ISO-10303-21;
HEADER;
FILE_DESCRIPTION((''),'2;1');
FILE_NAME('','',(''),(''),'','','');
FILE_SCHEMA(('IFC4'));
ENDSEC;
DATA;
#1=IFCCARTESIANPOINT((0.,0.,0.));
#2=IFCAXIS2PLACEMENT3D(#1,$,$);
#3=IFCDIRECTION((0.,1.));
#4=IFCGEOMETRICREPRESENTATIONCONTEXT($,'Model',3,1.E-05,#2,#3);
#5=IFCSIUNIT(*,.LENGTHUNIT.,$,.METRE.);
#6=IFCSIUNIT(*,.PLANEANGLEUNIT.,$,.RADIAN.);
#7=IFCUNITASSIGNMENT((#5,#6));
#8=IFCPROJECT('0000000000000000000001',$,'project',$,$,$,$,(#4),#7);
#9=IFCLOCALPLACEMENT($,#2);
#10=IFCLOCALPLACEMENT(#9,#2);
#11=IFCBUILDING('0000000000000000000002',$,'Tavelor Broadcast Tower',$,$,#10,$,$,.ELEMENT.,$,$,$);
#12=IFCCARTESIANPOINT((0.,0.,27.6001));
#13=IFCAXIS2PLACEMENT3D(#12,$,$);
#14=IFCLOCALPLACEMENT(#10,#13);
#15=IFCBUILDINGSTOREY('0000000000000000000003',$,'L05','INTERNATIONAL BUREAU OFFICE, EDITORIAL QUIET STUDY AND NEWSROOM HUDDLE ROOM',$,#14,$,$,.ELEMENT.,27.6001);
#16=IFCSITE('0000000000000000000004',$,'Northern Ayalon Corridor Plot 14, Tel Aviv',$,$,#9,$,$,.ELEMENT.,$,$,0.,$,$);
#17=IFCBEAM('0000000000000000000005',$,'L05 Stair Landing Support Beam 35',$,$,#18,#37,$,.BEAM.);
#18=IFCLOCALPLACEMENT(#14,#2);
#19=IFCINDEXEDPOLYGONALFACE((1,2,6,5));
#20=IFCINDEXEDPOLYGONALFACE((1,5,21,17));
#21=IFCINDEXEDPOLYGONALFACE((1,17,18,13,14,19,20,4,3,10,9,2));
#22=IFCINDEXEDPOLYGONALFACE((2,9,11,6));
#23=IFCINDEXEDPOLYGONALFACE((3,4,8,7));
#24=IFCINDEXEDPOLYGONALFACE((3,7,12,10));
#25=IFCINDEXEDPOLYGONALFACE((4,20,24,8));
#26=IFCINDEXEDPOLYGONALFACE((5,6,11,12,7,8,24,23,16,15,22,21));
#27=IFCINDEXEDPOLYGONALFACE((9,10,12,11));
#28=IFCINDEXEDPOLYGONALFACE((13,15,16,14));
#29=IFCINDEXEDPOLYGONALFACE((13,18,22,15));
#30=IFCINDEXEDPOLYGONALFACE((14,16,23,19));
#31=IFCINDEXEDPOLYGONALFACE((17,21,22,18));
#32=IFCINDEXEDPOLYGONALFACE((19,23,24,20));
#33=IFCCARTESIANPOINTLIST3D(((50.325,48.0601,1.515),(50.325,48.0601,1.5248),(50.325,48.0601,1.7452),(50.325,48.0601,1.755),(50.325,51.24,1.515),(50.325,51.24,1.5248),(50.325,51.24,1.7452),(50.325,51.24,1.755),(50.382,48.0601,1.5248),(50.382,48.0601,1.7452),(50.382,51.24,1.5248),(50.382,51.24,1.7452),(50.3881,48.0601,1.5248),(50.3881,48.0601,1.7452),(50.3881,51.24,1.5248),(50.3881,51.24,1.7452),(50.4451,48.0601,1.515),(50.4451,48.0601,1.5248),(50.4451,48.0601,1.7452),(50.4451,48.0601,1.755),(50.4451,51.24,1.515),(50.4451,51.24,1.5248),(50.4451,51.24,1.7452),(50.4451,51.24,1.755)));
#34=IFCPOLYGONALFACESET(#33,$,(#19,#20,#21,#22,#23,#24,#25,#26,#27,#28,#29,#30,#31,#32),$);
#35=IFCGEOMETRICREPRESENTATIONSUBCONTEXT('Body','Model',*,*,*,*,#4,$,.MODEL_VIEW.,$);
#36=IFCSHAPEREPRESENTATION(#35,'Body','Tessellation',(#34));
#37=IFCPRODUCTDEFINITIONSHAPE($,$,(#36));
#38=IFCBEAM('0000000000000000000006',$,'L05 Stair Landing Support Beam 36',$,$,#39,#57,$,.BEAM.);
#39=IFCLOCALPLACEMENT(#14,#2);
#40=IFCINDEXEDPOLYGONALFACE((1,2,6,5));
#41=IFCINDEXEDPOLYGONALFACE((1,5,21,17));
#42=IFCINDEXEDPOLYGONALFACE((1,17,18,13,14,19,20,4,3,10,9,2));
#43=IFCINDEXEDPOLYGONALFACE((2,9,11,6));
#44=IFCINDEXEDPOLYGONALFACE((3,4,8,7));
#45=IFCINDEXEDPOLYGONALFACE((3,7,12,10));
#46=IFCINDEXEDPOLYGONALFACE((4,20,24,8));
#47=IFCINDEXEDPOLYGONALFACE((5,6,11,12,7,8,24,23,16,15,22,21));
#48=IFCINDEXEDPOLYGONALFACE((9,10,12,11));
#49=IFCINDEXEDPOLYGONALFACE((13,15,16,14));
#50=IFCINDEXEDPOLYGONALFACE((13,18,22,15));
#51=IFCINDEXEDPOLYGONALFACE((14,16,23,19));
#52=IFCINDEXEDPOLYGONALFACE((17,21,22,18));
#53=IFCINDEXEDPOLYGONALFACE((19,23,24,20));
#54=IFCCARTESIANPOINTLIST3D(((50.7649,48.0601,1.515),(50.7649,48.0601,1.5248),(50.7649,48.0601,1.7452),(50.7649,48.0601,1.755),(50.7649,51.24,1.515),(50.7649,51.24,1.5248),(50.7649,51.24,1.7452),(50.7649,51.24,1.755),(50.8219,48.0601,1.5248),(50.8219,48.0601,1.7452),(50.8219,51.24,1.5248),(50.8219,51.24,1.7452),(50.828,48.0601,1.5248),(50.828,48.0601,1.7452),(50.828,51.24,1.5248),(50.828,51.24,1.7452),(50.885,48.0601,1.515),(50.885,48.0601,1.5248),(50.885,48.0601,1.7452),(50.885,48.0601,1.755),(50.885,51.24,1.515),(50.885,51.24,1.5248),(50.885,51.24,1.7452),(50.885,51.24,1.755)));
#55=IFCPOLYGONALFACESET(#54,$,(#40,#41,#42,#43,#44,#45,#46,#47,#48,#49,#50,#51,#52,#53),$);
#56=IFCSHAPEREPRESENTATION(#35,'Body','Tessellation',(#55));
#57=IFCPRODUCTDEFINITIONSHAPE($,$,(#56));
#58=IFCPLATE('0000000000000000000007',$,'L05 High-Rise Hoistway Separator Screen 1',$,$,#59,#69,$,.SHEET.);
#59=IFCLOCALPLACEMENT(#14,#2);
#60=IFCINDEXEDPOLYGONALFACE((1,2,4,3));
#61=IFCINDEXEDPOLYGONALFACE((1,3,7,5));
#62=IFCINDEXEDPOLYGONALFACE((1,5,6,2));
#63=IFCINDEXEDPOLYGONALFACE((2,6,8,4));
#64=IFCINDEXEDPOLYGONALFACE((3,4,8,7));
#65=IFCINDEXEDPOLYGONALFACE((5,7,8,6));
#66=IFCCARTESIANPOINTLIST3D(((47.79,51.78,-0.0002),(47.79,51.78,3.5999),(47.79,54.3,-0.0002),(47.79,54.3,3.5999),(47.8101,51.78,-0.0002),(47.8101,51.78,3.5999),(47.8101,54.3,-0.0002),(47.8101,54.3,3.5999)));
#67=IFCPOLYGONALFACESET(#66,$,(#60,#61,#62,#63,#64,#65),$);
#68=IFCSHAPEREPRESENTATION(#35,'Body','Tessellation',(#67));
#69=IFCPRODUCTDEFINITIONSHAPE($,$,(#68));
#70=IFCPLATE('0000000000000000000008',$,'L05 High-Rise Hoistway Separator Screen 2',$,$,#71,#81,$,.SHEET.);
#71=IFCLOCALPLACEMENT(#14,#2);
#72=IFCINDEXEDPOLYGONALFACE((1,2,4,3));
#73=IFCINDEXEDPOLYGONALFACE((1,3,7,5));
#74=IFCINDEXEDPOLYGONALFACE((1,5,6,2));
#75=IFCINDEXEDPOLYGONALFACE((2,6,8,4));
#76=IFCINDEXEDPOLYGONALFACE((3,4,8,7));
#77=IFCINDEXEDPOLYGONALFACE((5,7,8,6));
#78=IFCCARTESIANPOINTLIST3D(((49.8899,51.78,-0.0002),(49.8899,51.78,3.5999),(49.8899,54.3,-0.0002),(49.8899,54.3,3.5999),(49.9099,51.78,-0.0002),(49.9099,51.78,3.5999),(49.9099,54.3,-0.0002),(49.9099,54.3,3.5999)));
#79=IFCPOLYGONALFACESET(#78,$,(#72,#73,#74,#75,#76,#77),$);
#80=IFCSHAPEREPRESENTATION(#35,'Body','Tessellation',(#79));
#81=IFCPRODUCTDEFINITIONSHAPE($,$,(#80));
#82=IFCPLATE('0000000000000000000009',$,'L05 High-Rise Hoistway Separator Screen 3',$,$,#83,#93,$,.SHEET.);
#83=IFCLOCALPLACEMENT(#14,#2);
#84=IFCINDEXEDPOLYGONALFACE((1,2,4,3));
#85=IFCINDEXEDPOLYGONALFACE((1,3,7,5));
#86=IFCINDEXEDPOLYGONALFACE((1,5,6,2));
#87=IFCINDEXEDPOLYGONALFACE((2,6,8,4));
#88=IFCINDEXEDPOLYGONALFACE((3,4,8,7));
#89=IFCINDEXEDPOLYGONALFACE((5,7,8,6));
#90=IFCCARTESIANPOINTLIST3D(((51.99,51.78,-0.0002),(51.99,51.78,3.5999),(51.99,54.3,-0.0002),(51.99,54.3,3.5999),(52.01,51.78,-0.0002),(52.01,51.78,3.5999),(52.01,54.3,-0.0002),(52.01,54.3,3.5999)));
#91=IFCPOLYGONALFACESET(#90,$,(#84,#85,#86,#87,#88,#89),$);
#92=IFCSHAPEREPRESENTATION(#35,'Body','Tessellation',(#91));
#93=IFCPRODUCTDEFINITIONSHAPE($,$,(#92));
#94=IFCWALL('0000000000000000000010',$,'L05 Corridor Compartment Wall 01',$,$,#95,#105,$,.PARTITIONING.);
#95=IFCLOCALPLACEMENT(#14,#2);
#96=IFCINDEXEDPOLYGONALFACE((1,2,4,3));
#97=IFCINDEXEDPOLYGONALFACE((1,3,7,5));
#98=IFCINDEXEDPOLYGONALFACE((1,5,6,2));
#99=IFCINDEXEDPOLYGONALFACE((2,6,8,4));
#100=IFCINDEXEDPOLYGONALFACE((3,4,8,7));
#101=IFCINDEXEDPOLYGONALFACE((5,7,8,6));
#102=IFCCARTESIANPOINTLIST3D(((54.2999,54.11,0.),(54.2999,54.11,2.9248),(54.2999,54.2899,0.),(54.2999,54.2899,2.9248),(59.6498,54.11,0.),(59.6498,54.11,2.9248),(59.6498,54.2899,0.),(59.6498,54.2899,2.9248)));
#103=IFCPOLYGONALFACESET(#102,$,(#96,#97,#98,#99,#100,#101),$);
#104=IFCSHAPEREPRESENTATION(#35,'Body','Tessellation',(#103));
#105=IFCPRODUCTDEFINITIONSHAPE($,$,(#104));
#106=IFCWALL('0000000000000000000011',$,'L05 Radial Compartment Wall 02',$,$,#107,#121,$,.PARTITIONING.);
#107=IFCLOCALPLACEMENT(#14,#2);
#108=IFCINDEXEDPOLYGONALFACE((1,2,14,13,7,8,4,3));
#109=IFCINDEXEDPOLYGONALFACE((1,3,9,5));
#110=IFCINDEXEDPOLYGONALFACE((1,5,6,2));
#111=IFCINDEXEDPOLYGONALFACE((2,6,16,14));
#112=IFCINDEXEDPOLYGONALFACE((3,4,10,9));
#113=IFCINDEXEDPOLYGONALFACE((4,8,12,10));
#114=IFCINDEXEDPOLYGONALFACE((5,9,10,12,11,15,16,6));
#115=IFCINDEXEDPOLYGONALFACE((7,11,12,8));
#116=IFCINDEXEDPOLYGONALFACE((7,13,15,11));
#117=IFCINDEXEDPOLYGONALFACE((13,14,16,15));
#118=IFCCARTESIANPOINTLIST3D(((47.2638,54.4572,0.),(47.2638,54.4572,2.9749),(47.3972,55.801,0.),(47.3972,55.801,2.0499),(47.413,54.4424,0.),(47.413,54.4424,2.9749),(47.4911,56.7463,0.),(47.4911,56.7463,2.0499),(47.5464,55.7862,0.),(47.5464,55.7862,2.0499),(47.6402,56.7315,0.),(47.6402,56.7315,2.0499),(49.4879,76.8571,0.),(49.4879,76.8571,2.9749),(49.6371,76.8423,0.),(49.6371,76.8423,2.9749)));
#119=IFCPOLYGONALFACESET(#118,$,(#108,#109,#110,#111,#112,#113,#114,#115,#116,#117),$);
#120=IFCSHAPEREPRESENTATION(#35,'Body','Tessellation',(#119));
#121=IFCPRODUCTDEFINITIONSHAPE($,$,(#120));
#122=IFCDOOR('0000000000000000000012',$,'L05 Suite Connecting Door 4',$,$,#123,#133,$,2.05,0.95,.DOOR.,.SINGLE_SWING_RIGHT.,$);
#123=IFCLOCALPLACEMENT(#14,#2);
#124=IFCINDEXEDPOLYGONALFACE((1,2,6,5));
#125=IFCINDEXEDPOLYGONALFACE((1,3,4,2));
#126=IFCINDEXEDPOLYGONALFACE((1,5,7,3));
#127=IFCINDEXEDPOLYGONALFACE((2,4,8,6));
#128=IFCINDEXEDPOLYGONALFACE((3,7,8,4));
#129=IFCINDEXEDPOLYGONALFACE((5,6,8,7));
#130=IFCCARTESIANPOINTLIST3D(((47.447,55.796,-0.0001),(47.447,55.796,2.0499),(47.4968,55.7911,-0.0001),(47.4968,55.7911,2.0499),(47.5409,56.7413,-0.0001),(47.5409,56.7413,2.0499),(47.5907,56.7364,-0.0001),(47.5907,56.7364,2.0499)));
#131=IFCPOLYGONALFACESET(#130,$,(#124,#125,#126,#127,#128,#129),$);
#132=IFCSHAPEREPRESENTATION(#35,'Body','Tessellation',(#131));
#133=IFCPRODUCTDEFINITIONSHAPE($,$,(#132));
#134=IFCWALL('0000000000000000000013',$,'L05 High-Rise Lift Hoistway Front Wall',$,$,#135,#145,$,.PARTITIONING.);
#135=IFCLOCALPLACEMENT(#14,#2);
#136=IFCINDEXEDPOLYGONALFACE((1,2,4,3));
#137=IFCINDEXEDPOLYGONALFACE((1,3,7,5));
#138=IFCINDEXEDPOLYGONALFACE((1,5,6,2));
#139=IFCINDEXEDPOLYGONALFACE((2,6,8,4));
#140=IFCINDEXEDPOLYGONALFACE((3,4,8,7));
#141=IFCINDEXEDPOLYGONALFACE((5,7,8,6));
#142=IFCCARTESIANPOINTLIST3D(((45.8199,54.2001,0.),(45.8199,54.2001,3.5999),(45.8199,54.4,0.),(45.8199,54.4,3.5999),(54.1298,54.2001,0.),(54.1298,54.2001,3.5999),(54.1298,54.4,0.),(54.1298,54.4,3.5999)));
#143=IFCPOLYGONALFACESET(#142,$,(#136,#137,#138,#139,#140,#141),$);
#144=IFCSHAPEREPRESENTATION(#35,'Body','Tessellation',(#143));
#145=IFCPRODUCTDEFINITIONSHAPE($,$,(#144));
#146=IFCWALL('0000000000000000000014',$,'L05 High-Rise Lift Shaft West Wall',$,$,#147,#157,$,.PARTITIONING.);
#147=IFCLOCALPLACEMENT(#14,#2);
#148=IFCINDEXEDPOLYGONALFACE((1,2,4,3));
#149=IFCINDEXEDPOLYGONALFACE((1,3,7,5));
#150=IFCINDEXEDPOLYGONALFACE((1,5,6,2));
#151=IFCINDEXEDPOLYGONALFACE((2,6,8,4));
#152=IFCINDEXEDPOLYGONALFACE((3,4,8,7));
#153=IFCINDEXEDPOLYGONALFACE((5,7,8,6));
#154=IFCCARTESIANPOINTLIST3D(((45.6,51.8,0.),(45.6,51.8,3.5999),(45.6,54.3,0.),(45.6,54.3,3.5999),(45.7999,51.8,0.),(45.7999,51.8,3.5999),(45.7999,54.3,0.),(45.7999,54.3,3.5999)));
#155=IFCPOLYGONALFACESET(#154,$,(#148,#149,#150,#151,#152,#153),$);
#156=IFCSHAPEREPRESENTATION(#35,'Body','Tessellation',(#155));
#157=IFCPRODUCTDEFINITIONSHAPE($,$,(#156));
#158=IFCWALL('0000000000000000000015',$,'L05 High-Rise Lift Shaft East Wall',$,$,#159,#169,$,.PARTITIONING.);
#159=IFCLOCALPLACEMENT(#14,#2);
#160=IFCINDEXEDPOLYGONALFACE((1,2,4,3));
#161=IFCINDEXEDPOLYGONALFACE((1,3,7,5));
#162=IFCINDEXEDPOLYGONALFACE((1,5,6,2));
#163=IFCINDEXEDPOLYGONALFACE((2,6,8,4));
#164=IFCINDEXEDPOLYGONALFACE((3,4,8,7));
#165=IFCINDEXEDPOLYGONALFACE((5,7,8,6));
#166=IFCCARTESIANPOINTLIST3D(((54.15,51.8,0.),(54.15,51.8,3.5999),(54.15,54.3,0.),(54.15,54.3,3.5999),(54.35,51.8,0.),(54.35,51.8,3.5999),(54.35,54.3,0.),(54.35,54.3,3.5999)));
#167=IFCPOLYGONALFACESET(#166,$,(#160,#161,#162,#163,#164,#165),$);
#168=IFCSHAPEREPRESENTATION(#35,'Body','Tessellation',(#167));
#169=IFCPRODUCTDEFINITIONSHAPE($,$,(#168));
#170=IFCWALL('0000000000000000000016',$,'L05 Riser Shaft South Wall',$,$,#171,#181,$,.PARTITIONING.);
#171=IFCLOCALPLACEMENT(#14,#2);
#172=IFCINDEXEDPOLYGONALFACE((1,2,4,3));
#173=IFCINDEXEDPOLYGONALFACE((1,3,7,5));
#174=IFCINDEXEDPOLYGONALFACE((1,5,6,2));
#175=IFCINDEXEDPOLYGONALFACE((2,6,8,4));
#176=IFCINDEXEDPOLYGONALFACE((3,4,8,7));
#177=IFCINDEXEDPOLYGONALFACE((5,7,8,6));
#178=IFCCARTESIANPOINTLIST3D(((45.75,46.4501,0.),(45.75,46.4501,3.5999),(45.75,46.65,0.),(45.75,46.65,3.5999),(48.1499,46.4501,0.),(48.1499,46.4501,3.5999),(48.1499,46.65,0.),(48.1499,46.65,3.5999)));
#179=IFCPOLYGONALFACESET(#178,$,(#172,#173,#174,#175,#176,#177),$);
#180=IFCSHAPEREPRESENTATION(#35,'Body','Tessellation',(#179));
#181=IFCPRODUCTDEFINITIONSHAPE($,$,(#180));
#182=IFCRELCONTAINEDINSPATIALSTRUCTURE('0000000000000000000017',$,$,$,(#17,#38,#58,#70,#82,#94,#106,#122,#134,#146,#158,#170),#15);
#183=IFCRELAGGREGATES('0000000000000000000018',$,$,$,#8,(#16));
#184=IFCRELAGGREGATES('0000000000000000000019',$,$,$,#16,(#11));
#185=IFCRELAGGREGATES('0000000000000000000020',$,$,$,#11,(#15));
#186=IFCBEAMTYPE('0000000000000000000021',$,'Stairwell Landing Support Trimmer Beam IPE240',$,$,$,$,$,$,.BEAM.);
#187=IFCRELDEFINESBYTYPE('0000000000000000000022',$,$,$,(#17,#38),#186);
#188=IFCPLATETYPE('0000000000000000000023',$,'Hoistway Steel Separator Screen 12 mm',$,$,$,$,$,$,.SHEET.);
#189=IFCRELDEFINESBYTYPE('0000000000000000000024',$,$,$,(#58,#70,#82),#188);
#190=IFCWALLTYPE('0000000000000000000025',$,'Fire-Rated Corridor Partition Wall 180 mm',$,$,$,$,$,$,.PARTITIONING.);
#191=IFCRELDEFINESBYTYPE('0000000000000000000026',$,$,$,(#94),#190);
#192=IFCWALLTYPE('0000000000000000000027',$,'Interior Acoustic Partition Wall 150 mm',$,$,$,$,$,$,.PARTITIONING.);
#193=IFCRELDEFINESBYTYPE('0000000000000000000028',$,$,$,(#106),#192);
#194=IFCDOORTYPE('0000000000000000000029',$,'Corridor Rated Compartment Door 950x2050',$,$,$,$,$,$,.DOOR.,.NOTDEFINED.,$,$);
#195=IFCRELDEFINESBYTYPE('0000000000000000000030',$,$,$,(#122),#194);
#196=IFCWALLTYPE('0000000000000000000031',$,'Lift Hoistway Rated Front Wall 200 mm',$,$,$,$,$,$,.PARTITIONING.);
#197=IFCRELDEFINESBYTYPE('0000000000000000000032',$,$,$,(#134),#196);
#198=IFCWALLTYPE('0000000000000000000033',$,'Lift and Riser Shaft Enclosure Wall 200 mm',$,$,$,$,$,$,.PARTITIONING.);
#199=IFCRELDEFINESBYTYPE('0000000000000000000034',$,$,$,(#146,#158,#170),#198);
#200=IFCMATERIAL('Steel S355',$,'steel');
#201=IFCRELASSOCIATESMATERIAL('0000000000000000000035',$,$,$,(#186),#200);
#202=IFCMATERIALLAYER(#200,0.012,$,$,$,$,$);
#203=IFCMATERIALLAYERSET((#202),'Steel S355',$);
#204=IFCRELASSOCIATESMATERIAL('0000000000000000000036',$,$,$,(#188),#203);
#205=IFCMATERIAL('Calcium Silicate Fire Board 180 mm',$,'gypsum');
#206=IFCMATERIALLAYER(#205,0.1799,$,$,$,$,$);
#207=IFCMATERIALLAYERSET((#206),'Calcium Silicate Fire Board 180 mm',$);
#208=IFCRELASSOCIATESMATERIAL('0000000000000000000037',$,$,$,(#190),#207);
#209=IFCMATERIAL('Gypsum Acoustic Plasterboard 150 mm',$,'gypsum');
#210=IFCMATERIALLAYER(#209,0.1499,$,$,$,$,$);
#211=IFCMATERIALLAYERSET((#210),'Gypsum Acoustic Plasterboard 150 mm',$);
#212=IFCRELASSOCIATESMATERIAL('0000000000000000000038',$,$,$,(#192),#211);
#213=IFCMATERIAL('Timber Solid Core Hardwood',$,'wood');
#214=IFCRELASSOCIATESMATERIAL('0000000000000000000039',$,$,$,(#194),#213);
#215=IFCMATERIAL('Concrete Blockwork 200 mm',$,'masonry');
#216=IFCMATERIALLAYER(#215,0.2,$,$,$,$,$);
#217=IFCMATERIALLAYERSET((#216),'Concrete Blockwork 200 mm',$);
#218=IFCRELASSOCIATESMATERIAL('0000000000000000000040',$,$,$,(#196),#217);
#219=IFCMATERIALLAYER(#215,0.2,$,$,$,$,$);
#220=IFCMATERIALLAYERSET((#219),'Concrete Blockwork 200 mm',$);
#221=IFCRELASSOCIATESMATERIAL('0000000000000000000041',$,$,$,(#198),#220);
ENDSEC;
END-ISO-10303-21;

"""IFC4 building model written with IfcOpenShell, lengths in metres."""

from ifc_helpers import new_model, si_unit, direction, frame, frame_2d, origin, origin_2d, place, context, subcontext, project, spatial, rectangle, i_section, extrude, source, transform, mapped, material, layer, layer_set, material_profile, profile_set, type_object, type_shapes, element, fill, save


model = new_model("IFC4")

# Units and contexts
model_context = context("Model", 3, precision=1e-05, world=origin(), true_north=direction((0.0, 1.0)))
body_context = subcontext(model_context, "Body", "Model", "MODEL_VIEW")
ifc_project = project(units=[si_unit("LENGTHUNIT", "METRE"), si_unit("PLANEANGLEUNIT", "RADIAN")], contexts=[model_context])

# Site, building, storey
site_placement = place(None, origin())
site = spatial("IfcSite", under=ifc_project, at=site_placement, Name="Northern Ayalon Corridor Plot 14, Tel Aviv", CompositionType="ELEMENT", RefElevation=0.0)
building_placement = place(site_placement, origin())
building = spatial("IfcBuilding", under=site, at=building_placement, Name="Tavelor Broadcast Tower", CompositionType="ELEMENT")
storey_placement = place(building_placement, frame((0.0, 0.0, 27.6001)))
storey = spatial("IfcBuildingStorey", under=building, at=storey_placement, Name="L05", Description="INTERNATIONAL BUREAU OFFICE, EDITORIAL QUIET STUDY AND NEWSROOM HUDDLE ROOM", CompositionType="ELEMENT", Elevation=27.6001)

# Beams
ifc_material_1 = material(Name="Steel S355", Category="steel")
ifc_material_profile = material_profile(ifc_material_1, i_section(OverallWidth=0.1201, OverallDepth=0.24, WebThickness=0.0061, FlangeThickness=0.0098, at=origin_2d()), Name="IPE 240")
ifc_profile_set = profile_set([ifc_material_profile], Name="Steel S355")
beam_type = type_object("IfcBeamType", Name="Stairwell Landing Support Trimmer Beam IPE240", PredefinedType="BEAM", material=ifc_profile_set)
for number, where, z_axis, x_axis, name in (
    (1, (50.385, 48.0601, 1.635), (0.0, 1.0, 0.0), (-1.0, 0.0, 0.0), "L05 Stair Landing Support Beam 35"),
    (2, (50.825, 48.0601, 1.635), (0.0, 1.0, 0.0), (-1.0, 0.0, 0.0), "L05 Stair Landing Support Beam 36"),
):
    element("IfcBeam", number, at=place(storey_placement, frame(where, z_axis=z_axis, x_axis=x_axis)), inside=storey, type_object=beam_type, Name=name, PredefinedType="BEAM", context=body_context, shape_type="SweptSolid", body=[
        extrude(i_section(OverallWidth=0.1201, OverallDepth=0.24, WebThickness=0.0061, FlangeThickness=0.0098, at=origin_2d()), origin(), (0.0, 0.0, 1.0), 3.1799),
    ])

# Plates
ifc_layer_1 = layer(ifc_material_1, 0.012)
ifc_layer_set_1 = layer_set([ifc_layer_1], Name="Steel S355")
plate_type = type_object("IfcPlateType", Name="Hoistway Steel Separator Screen 12 mm", PredefinedType="SHEET", material=ifc_layer_set_1)
shared_shape = source(origin(), body_context, "Body", "SweptSolid", [
    extrude(rectangle(XDim=0.02, YDim=2.52, at=origin_2d()), origin(), (0.0, 0.0, 1.0), 3.6001),
])
type_shapes(plate_type, [shared_shape])
for number, where, z_axis, x_axis, name in (
    (3, (47.8, 53.04, -0.0002), (0.0, 0.0, 1.0), (1.0, 0.0, 0.0), "L05 High-Rise Hoistway Separator Screen 1"),
    (4, (49.8999, 53.04, -0.0002), (0.0, 0.0, 1.0), (1.0, 0.0, 0.0), "L05 High-Rise Hoistway Separator Screen 2"),
    (5, (52.0, 53.04, -0.0002), (0.0, 0.0, 1.0), (1.0, 0.0, 0.0), "L05 High-Rise Hoistway Separator Screen 3"),
):
    element("IfcPlate", number, at=place(storey_placement, frame(where, z_axis=z_axis, x_axis=x_axis)), inside=storey, type_object=plate_type, Name=name, PredefinedType="SHEET", context=body_context, shape_type="MappedRepresentation", body=[
        mapped(shared_shape, transform((0.0, 0.0, 0.0), scale=1.0)),
    ])

# Wall
ifc_material_2 = material(Name="Calcium Silicate Fire Board 180 mm", Category="gypsum")
ifc_layer_2 = layer(ifc_material_2, 0.1799)
ifc_layer_set_2 = layer_set([ifc_layer_2], Name="Calcium Silicate Fire Board 180 mm")
wall_type_1 = type_object("IfcWallType", Name="Fire-Rated Corridor Partition Wall 180 mm", PredefinedType="PARTITIONING", material=ifc_layer_set_2)
wall_1_placement = place(storey_placement, frame((54.3, 54.2, 0.0), z_axis=(0.0, 0.0, 1.0), x_axis=(1.0, 0.0, 0.0)))
element("IfcWall", 6, at=wall_1_placement, inside=storey, type_object=wall_type_1, Name="L05 Corridor Compartment Wall 01", PredefinedType="PARTITIONING", context=body_context, shape_type="SweptSolid", body=[
    extrude(rectangle(XDim=5.3499, YDim=0.1799, at=frame_2d((2.6748, 0.0))), origin(), (0.0, 0.0, 1.0), 2.9248),
])

# Wall, opening, door
ifc_material_3 = material(Name="Gypsum Acoustic Plasterboard 150 mm", Category="gypsum")
ifc_layer_3 = layer(ifc_material_3, 0.1499)
ifc_layer_set_3 = layer_set([ifc_layer_3], Name="Gypsum Acoustic Plasterboard 150 mm")
wall_type_2 = type_object("IfcWallType", Name="Interior Acoustic Partition Wall 150 mm", PredefinedType="PARTITIONING", material=ifc_layer_set_3)
wall_2_placement = place(storey_placement, frame((47.3384, 54.45, 0.0), z_axis=(0.0, 0.0, 1.0), x_axis=(0.098806, 0.995107, 0.0)))
wall_2 = element("IfcWall", 7, at=wall_2_placement, inside=storey, type_object=wall_type_2, Name="L05 Radial Compartment Wall 02", PredefinedType="PARTITIONING", context=body_context, shape_type="SweptSolid", body=[
    extrude(rectangle(XDim=22.51, YDim=0.1499, at=frame_2d((11.2549, 0.0))), origin(), (0.0, 0.0, 1.0), 2.9749),
])
opening_1_placement = place(wall_2_placement, frame((1.3501, 0.0, 0.0)))
opening_1 = element("IfcOpeningElement", 8, at=opening_1_placement, cuts=wall_2, PredefinedType="OPENING", context=body_context, shape_type="SweptSolid", body=[
    extrude(rectangle(XDim=0.95, YDim=2.05, at=frame_2d((0.4751, 1.0249))), frame((0.0, 0.085, 0.0), z_axis=(0.0, -1.0, 0.0), x_axis=(1.0, 0.0, 0.0)), (0.0, 0.0, 1.0), 0.1699),
])
ifc_material_4 = material(Name="Timber Solid Core Hardwood", Category="wood")
door_type_1 = type_object("IfcDoorType", Name="Corridor Rated Compartment Door 950x2050", OperationType="NOTDEFINED", PredefinedType="DOOR", material=ifc_material_4)
door_1_placement = place(opening_1_placement, origin())
door_1 = element("IfcDoor", 9, at=door_1_placement, inside=storey, type_object=door_type_1, Name="L05 Suite Connecting Door 4", OperationType="SINGLE_SWING_RIGHT", OverallHeight=2.05, OverallWidth=0.95, PredefinedType="DOOR", context=body_context, shape_type="SweptSolid", body=[
    extrude(rectangle(XDim=0.95, YDim=2.05, at=frame_2d((0.4751, 1.0249))), frame((0.0, 0.0249, 0.0), z_axis=(0.0, -1.0, 0.0), x_axis=(1.0, 0.0, 0.0)), (0.0, 0.0, 1.0), 0.05),
])
fill(opening_1, door_1)

# Walls
ifc_material_5 = material(Name="Concrete Blockwork 200 mm", Category="masonry")
ifc_layer_4 = layer(ifc_material_5, 0.2)
ifc_layer_set_4 = layer_set([ifc_layer_4], Name="Concrete Blockwork 200 mm")
wall_type_3 = type_object("IfcWallType", Name="Lift Hoistway Rated Front Wall 200 mm", PredefinedType="PARTITIONING", material=ifc_layer_set_4)
wall_3_placement = place(storey_placement, frame((45.8201, 54.3, 0.0), z_axis=(0.0, 0.0, 1.0), x_axis=(1.0, 0.0, 0.0)))
element("IfcWall", 10, at=wall_3_placement, inside=storey, type_object=wall_type_3, Name="L05 High-Rise Lift Hoistway Front Wall", PredefinedType="PARTITIONING", context=body_context, shape_type="SweptSolid", body=[
    extrude(rectangle(XDim=8.3098, YDim=0.2, at=frame_2d((4.1548, 0.0))), origin(), (0.0, 0.0, 1.0), 3.5999),
])
ifc_layer_5 = layer(ifc_material_5, 0.2)
ifc_layer_set_5 = layer_set([ifc_layer_5], Name="Concrete Blockwork 200 mm")
wall_type_4 = type_object("IfcWallType", Name="Lift and Riser Shaft Enclosure Wall 200 mm", PredefinedType="PARTITIONING", material=ifc_layer_set_5)
for number, where, z_axis, x_axis, name in (
    (11, (45.7, 51.8, 0.0), (0.0, 0.0, 1.0), (0.0, 1.0, 0.0), "L05 High-Rise Lift Shaft West Wall"),
    (12, (54.25, 51.8, 0.0), (0.0, 0.0, 1.0), (0.0, 1.0, 0.0), "L05 High-Rise Lift Shaft East Wall"),
):
    element("IfcWall", number, at=place(storey_placement, frame(where, z_axis=z_axis, x_axis=x_axis)), inside=storey, type_object=wall_type_4, Name=name, PredefinedType="PARTITIONING", context=body_context, shape_type="SweptSolid", body=[
        extrude(rectangle(XDim=2.5, YDim=0.2, at=frame_2d((1.25, 0.0))), origin(), (0.0, 0.0, 1.0), 3.5999),
    ])
wall_4_placement = place(storey_placement, frame((45.75, 46.55, 0.0), z_axis=(0.0, 0.0, 1.0), x_axis=(1.0, 0.0, 0.0)))
element("IfcWall", 13, at=wall_4_placement, inside=storey, type_object=wall_type_4, Name="L05 Riser Shaft South Wall", PredefinedType="PARTITIONING", context=body_context, shape_type="SweptSolid", body=[
    extrude(rectangle(XDim=2.3999, YDim=0.2, at=frame_2d((1.2, 0.0))), origin(), (0.0, 0.0, 1.0), 3.5999),
])

save(model, "model.ifc")
